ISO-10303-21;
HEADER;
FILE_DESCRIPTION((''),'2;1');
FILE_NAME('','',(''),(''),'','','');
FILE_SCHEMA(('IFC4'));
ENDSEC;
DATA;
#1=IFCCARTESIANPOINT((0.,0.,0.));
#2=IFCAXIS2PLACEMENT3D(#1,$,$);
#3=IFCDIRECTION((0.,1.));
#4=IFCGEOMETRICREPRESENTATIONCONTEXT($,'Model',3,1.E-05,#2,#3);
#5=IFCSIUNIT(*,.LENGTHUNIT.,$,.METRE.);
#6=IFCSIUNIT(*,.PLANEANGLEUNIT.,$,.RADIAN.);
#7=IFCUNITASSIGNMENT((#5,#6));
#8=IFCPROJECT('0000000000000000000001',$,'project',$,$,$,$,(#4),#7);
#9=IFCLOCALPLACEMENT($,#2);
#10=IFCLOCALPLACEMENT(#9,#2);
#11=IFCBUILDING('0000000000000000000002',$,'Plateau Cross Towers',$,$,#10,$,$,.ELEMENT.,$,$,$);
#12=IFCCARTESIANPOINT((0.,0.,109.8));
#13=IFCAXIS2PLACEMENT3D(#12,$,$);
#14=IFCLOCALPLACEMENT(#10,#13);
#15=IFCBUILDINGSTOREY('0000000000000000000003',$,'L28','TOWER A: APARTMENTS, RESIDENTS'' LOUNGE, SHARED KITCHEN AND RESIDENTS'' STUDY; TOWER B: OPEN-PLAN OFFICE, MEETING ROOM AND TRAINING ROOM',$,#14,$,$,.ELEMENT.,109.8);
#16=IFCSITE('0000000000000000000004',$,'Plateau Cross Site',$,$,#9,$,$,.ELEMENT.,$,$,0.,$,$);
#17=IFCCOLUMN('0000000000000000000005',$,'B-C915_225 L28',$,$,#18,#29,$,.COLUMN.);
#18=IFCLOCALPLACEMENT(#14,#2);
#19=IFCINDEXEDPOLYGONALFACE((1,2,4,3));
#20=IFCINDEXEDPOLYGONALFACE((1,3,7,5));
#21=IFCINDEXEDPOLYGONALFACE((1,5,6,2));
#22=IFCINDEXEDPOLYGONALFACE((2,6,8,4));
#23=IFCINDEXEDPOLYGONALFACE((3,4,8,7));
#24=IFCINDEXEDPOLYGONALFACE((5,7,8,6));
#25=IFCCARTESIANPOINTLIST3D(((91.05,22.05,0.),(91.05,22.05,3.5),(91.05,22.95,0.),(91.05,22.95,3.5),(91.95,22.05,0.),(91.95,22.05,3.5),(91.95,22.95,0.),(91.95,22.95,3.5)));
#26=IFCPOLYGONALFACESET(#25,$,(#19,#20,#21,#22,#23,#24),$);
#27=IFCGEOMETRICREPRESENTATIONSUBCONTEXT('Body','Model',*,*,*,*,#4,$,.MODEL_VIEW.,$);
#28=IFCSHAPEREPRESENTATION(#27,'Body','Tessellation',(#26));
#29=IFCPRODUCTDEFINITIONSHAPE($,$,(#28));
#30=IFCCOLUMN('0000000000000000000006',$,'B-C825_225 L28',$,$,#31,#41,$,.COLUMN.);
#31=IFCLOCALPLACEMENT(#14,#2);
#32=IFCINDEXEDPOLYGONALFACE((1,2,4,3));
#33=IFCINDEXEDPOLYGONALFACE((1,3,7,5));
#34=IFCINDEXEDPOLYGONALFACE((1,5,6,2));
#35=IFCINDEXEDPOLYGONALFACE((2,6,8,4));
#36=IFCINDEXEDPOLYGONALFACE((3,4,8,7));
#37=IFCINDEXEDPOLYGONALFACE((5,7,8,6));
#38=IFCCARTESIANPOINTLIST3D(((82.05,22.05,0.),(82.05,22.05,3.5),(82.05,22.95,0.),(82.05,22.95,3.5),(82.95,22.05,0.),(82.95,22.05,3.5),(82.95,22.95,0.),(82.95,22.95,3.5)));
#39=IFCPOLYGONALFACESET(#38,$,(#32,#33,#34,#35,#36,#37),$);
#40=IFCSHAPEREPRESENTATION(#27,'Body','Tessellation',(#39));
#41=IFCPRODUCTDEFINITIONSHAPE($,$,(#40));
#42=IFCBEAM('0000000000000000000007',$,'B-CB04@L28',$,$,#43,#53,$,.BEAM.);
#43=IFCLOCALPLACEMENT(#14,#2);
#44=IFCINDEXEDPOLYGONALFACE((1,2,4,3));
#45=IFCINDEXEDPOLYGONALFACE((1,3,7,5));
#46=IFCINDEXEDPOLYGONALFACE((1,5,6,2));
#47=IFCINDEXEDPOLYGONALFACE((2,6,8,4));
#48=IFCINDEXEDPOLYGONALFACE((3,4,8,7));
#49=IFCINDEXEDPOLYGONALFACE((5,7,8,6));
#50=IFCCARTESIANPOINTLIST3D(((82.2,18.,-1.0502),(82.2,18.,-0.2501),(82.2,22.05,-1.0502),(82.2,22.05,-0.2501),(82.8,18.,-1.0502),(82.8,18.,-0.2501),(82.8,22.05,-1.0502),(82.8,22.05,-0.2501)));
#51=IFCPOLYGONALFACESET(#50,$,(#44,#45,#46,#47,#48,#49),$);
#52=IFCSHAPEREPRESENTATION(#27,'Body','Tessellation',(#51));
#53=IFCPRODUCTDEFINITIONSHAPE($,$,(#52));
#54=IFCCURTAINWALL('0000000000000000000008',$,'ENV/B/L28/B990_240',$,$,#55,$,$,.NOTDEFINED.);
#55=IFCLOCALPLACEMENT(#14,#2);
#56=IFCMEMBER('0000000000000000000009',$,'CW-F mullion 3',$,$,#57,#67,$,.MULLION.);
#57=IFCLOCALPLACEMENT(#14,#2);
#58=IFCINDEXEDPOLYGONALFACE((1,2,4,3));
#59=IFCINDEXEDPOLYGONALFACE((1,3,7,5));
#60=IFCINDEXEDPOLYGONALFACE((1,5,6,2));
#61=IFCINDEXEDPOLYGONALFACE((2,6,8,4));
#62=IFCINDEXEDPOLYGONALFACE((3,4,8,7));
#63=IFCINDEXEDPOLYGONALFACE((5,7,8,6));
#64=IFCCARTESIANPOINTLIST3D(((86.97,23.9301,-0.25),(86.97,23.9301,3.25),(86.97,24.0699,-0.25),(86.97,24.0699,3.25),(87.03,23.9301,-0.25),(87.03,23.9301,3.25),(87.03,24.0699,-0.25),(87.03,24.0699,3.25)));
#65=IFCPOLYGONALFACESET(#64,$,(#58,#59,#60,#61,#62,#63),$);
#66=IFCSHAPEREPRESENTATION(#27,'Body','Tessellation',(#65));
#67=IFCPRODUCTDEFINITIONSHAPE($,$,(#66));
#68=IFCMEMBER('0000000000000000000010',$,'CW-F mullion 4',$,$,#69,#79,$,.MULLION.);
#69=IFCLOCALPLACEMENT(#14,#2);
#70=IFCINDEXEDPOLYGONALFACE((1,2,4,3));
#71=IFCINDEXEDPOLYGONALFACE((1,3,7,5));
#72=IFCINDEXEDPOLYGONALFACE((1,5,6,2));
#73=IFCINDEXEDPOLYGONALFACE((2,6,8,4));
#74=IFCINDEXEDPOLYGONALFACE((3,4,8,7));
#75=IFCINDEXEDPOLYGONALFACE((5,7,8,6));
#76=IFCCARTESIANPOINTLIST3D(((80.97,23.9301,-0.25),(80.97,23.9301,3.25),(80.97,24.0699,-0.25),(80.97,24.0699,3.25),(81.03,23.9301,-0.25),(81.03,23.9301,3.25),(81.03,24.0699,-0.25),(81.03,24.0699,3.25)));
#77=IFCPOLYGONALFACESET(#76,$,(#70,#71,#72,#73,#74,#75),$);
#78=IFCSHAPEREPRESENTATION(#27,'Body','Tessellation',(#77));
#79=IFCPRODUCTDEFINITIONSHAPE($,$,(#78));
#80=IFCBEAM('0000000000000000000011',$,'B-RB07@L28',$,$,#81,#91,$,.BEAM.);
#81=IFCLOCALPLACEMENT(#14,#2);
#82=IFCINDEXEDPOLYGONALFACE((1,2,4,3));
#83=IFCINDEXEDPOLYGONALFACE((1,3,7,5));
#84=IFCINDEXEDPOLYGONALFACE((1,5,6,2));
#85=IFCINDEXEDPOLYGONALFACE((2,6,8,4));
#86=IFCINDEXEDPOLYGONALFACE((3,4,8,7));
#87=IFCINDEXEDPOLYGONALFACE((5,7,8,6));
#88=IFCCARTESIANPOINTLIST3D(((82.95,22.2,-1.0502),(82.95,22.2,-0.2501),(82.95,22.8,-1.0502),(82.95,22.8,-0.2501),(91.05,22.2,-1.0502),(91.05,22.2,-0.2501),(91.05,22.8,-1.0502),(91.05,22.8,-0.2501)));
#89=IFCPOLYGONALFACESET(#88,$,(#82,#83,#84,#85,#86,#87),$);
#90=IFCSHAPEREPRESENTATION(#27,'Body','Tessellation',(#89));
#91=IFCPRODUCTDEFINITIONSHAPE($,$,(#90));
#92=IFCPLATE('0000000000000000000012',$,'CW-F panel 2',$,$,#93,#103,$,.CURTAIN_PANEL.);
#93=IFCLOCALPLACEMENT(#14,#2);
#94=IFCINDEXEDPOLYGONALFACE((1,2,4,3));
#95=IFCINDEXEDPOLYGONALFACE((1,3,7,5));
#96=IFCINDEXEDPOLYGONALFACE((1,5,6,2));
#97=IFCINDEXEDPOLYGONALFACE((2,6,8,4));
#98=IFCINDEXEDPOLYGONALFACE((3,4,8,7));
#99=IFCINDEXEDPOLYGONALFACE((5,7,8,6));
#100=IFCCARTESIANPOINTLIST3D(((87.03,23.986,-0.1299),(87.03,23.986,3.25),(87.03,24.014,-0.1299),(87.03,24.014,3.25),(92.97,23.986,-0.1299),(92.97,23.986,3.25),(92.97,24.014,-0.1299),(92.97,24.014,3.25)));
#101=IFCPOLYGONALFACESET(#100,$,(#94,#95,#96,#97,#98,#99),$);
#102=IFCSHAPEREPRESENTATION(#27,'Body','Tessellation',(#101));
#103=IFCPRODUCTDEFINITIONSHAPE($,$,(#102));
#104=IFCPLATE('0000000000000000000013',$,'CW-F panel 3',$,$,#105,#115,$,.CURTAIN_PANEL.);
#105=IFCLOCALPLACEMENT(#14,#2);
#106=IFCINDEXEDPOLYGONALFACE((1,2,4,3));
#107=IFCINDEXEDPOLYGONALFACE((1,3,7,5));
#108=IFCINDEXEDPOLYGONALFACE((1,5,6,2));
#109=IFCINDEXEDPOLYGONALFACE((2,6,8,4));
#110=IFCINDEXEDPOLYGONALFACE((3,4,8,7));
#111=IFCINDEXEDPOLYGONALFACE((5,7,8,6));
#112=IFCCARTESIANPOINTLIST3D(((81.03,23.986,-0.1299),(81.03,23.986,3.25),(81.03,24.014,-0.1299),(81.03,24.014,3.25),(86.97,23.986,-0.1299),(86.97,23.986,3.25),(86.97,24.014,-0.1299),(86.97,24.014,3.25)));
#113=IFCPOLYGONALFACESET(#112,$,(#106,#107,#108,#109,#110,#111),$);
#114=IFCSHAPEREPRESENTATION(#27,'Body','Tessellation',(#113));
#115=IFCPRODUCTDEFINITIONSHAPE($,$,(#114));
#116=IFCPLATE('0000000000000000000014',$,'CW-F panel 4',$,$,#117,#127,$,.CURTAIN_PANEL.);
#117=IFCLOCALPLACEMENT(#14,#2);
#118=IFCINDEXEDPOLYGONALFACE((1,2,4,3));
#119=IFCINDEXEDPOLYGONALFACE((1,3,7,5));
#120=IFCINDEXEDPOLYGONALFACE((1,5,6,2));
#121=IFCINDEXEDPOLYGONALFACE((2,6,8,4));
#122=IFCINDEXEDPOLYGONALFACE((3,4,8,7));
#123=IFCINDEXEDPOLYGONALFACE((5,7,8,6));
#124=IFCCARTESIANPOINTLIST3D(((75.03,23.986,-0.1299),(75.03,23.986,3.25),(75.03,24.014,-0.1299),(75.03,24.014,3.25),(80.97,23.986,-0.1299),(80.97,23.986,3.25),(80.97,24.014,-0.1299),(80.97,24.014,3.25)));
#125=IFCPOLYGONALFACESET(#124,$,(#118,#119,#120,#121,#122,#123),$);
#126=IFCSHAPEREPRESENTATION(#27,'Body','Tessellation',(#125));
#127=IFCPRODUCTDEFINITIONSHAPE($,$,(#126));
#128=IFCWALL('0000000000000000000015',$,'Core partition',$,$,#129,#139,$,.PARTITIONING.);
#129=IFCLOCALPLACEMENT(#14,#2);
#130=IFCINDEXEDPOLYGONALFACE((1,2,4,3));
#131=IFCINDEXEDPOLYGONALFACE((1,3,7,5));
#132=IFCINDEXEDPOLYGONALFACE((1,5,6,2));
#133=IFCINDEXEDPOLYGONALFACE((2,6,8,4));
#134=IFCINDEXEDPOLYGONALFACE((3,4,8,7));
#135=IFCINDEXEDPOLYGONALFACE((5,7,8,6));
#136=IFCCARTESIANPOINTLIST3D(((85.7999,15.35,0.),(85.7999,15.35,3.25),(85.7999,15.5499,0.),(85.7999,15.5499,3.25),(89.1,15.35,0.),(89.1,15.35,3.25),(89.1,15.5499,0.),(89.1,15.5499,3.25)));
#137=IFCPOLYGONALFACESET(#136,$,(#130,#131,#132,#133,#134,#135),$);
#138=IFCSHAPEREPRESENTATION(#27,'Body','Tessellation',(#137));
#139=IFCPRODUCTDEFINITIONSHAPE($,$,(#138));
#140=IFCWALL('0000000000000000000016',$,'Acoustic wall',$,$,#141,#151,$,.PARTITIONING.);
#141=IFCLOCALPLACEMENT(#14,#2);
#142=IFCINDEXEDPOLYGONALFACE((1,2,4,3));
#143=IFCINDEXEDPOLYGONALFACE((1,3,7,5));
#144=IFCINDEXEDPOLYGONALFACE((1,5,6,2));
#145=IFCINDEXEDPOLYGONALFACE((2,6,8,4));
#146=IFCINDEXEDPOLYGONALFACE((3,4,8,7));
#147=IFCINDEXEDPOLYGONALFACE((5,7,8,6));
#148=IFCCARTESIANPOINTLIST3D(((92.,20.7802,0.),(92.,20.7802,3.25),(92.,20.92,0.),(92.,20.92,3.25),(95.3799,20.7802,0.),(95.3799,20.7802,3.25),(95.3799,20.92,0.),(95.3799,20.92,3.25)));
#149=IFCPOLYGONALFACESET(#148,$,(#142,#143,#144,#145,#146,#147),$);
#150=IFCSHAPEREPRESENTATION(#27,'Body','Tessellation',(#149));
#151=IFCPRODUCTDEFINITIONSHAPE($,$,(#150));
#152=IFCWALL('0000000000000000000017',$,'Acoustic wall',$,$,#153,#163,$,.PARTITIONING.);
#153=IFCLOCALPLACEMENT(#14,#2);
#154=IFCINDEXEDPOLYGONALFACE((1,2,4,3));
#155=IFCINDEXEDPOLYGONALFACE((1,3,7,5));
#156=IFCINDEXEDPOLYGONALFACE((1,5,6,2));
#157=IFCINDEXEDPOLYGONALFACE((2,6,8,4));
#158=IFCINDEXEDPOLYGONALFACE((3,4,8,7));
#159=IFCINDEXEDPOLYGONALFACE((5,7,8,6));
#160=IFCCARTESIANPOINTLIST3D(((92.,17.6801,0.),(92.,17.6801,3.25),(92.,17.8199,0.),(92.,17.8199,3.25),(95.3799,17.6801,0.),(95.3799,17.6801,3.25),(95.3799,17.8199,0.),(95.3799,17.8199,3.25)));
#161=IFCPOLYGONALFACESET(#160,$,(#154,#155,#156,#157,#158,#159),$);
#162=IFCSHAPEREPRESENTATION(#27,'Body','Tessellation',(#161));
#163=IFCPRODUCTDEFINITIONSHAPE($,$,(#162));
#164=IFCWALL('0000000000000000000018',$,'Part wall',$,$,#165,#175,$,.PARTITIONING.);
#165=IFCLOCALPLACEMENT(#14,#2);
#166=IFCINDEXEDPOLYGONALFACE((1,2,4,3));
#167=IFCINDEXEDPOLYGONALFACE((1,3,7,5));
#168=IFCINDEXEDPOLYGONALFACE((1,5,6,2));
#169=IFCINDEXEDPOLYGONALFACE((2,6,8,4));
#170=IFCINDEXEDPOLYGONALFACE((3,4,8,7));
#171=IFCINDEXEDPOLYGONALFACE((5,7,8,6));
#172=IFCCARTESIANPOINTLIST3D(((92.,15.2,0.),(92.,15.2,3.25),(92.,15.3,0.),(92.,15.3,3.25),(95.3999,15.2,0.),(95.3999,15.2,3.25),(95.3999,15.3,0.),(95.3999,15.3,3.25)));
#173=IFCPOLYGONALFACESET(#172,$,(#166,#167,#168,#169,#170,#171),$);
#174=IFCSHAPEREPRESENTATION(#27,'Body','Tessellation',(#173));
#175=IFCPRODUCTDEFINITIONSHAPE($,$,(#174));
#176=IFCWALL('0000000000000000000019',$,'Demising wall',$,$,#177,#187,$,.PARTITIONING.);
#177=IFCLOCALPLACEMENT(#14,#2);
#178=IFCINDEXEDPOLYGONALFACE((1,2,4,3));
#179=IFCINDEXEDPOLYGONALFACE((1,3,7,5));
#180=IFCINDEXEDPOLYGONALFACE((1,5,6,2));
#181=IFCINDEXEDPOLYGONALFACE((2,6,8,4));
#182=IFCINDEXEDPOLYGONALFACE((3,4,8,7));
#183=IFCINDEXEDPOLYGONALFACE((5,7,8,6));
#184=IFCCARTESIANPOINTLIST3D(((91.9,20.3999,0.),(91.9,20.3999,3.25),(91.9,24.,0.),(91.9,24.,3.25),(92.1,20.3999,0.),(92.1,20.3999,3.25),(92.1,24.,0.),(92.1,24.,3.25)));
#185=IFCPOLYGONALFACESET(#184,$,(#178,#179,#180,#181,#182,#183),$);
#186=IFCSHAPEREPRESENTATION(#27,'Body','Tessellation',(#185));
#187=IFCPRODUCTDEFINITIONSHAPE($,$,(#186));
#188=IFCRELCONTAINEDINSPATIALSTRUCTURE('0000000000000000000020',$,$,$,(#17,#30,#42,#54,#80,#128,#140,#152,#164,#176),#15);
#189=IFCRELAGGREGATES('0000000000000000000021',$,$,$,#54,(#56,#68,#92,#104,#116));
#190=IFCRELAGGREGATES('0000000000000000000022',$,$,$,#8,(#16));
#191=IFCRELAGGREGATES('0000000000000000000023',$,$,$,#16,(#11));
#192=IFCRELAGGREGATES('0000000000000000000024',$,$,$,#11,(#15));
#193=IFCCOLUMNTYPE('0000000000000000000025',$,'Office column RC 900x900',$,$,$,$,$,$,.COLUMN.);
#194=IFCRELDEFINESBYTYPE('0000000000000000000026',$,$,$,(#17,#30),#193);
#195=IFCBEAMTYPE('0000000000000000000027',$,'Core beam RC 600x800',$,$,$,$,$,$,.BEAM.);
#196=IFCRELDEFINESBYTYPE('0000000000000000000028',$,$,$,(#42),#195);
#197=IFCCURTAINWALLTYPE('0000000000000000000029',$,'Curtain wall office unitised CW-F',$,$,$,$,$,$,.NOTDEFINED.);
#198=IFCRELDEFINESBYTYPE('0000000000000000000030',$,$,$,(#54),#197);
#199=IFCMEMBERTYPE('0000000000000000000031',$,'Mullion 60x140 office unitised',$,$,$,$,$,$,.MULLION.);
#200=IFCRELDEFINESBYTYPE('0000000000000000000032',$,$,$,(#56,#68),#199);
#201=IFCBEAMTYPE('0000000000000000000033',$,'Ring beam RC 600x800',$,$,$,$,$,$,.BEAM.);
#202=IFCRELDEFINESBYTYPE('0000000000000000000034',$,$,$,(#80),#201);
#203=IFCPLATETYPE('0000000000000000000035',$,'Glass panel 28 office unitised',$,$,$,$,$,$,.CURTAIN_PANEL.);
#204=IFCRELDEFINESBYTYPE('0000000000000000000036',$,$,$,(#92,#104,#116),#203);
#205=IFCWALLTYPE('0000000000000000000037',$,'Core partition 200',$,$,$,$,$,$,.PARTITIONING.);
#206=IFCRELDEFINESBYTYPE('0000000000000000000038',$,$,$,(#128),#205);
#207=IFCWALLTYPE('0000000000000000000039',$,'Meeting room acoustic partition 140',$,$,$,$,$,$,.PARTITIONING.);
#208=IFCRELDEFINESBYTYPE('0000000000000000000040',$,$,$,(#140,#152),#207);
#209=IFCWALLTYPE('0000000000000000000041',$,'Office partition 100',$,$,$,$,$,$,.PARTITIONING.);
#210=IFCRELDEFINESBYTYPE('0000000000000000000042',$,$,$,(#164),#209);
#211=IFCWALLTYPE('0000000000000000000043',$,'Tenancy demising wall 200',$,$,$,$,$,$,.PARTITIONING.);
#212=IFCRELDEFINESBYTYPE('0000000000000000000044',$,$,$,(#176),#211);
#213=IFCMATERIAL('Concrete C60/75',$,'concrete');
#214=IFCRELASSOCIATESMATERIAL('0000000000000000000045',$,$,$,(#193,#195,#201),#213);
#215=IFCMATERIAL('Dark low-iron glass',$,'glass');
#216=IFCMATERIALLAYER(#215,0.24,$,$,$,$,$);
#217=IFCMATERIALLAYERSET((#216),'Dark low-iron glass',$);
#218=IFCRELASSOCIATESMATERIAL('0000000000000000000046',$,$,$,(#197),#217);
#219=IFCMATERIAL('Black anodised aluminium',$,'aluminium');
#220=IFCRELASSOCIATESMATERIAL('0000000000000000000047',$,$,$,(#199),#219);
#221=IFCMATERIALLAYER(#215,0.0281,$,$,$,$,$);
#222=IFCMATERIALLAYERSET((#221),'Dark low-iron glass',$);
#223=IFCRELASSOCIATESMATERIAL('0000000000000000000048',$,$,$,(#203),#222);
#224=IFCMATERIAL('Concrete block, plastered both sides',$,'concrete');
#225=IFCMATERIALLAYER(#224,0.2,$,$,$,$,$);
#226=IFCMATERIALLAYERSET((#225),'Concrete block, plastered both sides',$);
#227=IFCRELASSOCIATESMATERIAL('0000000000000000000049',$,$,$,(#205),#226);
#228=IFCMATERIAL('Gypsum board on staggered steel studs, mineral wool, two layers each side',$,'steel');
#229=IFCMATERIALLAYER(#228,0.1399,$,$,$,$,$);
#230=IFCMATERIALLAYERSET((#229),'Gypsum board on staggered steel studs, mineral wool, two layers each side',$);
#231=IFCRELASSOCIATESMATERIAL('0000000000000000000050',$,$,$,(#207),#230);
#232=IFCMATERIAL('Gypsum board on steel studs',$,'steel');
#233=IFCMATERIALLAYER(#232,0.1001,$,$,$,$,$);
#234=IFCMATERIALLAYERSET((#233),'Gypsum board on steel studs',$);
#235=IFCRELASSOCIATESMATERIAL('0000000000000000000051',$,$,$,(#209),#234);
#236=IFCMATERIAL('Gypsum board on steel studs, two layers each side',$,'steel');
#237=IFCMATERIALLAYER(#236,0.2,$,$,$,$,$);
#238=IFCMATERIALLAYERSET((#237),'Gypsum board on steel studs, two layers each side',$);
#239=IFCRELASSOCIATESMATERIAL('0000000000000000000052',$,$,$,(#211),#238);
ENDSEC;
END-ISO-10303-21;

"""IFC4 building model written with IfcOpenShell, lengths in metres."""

from ifc_helpers import new_model, si_unit, direction, frame, frame_2d, origin, origin_2d, place, context, subcontext, project, spatial, rectangle, extrude, material, layer, layer_set, material_profile, profile_set, type_object, element, aggregate, save


model = new_model("IFC4")

# Units and contexts
model_context = context("Model", 3, precision=1e-05, world=origin(), true_north=direction((0.0, 1.0)))
body_context = subcontext(model_context, "Body", "Model", "MODEL_VIEW")
ifc_project = project(units=[si_unit("LENGTHUNIT", "METRE"), si_unit("PLANEANGLEUNIT", "RADIAN")], contexts=[model_context])

# Site, building, storey
site_placement = place(None, origin())
site = spatial("IfcSite", under=ifc_project, at=site_placement, Name="Plateau Cross Site", CompositionType="ELEMENT", RefElevation=0.0)
building_placement = place(site_placement, origin())
building = spatial("IfcBuilding", under=site, at=building_placement, Name="Plateau Cross Towers", CompositionType="ELEMENT")
storey_placement = place(building_placement, frame((0.0, 0.0, 109.8)))
storey = spatial("IfcBuildingStorey", under=building, at=storey_placement, Name="L28", Description="TOWER A: APARTMENTS, RESIDENTS' LOUNGE, SHARED KITCHEN AND RESIDENTS' STUDY; TOWER B: OPEN-PLAN OFFICE, MEETING ROOM AND TRAINING ROOM", CompositionType="ELEMENT", Elevation=109.8)

# Columns
ifc_material_1 = material(Name="Concrete C60/75", Category="concrete")
ifc_material_profile_1 = material_profile(ifc_material_1, rectangle(XDim=0.8999, YDim=0.8999, at=origin_2d()), Name="RC 900x900")
ifc_profile_set_1 = profile_set([ifc_material_profile_1], Name="Concrete C60/75")
column_type = type_object("IfcColumnType", Name="Office column RC 900x900", PredefinedType="COLUMN", material=ifc_profile_set_1)
for number, where, z_axis, x_axis, name in (
    (1, (91.5, 22.5, 0.0), (0.0, 0.0, 1.0), (1.0, 0.0, 0.0), "B-C915_225 L28"),
    (2, (82.5, 22.5, 0.0), (0.0, 0.0, 1.0), (1.0, 0.0, 0.0), "B-C825_225 L28"),
):
    element("IfcColumn", number, at=place(storey_placement, frame(where, z_axis=z_axis, x_axis=x_axis)), inside=storey, type_object=column_type, Name=name, PredefinedType="COLUMN", context=body_context, shape_type="SweptSolid", body=[
        extrude(rectangle(XDim=0.8999, YDim=0.8999, at=origin_2d()), origin(), (0.0, 0.0, 1.0), 3.5),
    ])

# Beam
ifc_material_profile_2 = material_profile(ifc_material_1, rectangle(XDim=0.6001, YDim=0.8, at=origin_2d()), Name="RC 600x800")
ifc_profile_set_2 = profile_set([ifc_material_profile_2], Name="Concrete C60/75")
beam_type_1 = type_object("IfcBeamType", Name="Core beam RC 600x800", PredefinedType="BEAM", material=ifc_profile_set_2)
beam_1_placement = place(storey_placement, frame((82.5, 18.0, -0.6501), z_axis=(0.0, 1.0, 0.0), x_axis=(-1.0, 0.0, 0.0)))
element("IfcBeam", 3, at=beam_1_placement, inside=storey, type_object=beam_type_1, Name="B-CB04@L28", PredefinedType="BEAM", context=body_context, shape_type="SweptSolid", body=[
    extrude(rectangle(XDim=0.6001, YDim=0.8, at=origin_2d()), origin(), (0.0, 0.0, 1.0), 4.05),
])

# Curtain wall, members
ifc_material_2 = material(Name="Dark low-iron glass", Category="glass")
ifc_layer_1 = layer(ifc_material_2, 0.24)
ifc_layer_set_1 = layer_set([ifc_layer_1], Name="Dark low-iron glass")
curtain_wall_type = type_object("IfcCurtainWallType", Name="Curtain wall office unitised CW-F", PredefinedType="NOTDEFINED", material=ifc_layer_set_1)
curtain_wall_placement = place(storey_placement, origin())
curtain_wall = element("IfcCurtainWall", 4, at=curtain_wall_placement, inside=storey, type_object=curtain_wall_type, Name="ENV/B/L28/B990_240", PredefinedType="NOTDEFINED")
ifc_material_3 = material(Name="Black anodised aluminium", Category="aluminium")
ifc_material_profile_3 = material_profile(ifc_material_3, rectangle(XDim=0.0601, YDim=0.1399, at=origin_2d()), Name="MULLION 60x140")
ifc_profile_set_3 = profile_set([ifc_material_profile_3], Name="Black anodised aluminium")
member_type = type_object("IfcMemberType", Name="Mullion 60x140 office unitised", PredefinedType="MULLION", material=ifc_profile_set_3)
member_1_placement = place(storey_placement, frame((87.0, 24.0, -0.25), z_axis=(0.0, 0.0, 1.0), x_axis=(-1.0, 0.0, 0.0)))
member_1 = element("IfcMember", 5, at=member_1_placement, type_object=member_type, Name="CW-F mullion 3", PredefinedType="MULLION", context=body_context, shape_type="SweptSolid", body=[
    extrude(rectangle(XDim=0.0601, YDim=0.1399, at=origin_2d()), origin(), (0.0, 0.0, 1.0), 3.5),
])
member_2_placement = place(storey_placement, frame((81.0, 24.0, -0.25), z_axis=(0.0, 0.0, 1.0), x_axis=(-1.0, 0.0, 0.0)))
member_2 = element("IfcMember", 6, at=member_2_placement, type_object=member_type, Name="CW-F mullion 4", PredefinedType="MULLION", context=body_context, shape_type="SweptSolid", body=[
    extrude(rectangle(XDim=0.0601, YDim=0.1399, at=origin_2d()), origin(), (0.0, 0.0, 1.0), 3.5),
])

# Beam
ifc_material_profile_4 = material_profile(ifc_material_1, rectangle(XDim=0.6001, YDim=0.8, at=origin_2d()), Name="RC 600x800")
ifc_profile_set_4 = profile_set([ifc_material_profile_4], Name="Concrete C60/75")
beam_type_2 = type_object("IfcBeamType", Name="Ring beam RC 600x800", PredefinedType="BEAM", material=ifc_profile_set_4)
beam_2_placement = place(storey_placement, frame((91.05, 22.5, -0.6501), z_axis=(-1.0, 0.0, 0.0), x_axis=(0.0, -1.0, 0.0)))
element("IfcBeam", 7, at=beam_2_placement, inside=storey, type_object=beam_type_2, Name="B-RB07@L28", PredefinedType="BEAM", context=body_context, shape_type="SweptSolid", body=[
    extrude(rectangle(XDim=0.6001, YDim=0.8, at=origin_2d()), origin(), (0.0, 0.0, 1.0), 8.1001),
])

# Plates
ifc_layer_2 = layer(ifc_material_2, 0.0281)
ifc_layer_set_2 = layer_set([ifc_layer_2], Name="Dark low-iron glass")
plate_type = type_object("IfcPlateType", Name="Glass panel 28 office unitised", PredefinedType="CURTAIN_PANEL", material=ifc_layer_set_2)
plate_1_placement = place(storey_placement, frame((90.0, 24.0, -0.1299), z_axis=(0.0, 0.0, 1.0), x_axis=(-1.0, 0.0, 0.0)))
plate_1 = element("IfcPlate", 8, at=plate_1_placement, type_object=plate_type, Name="CW-F panel 2", PredefinedType="CURTAIN_PANEL", context=body_context, shape_type="SweptSolid", body=[
    extrude(rectangle(XDim=5.9399, YDim=0.0281, at=origin_2d()), origin(), (0.0, 0.0, 1.0), 3.3799),
])
plate_2_placement = place(storey_placement, frame((84.0, 24.0, -0.1299), z_axis=(0.0, 0.0, 1.0), x_axis=(-1.0, 0.0, 0.0)))
plate_2 = element("IfcPlate", 9, at=plate_2_placement, type_object=plate_type, Name="CW-F panel 3", PredefinedType="CURTAIN_PANEL", context=body_context, shape_type="SweptSolid", body=[
    extrude(rectangle(XDim=5.9399, YDim=0.0281, at=origin_2d()), origin(), (0.0, 0.0, 1.0), 3.3799),
])
plate_3_placement = place(storey_placement, frame((78.0, 24.0, -0.1299), z_axis=(0.0, 0.0, 1.0), x_axis=(-1.0, 0.0, 0.0)))
plate_3 = element("IfcPlate", 10, at=plate_3_placement, type_object=plate_type, Name="CW-F panel 4", PredefinedType="CURTAIN_PANEL", context=body_context, shape_type="SweptSolid", body=[
    extrude(rectangle(XDim=5.9399, YDim=0.0281, at=origin_2d()), origin(), (0.0, 0.0, 1.0), 3.3799),
])
aggregate(curtain_wall, [member_1, member_2, plate_1, plate_2, plate_3])

# Walls
ifc_material_4 = material(Name="Concrete block, plastered both sides", Category="concrete")
ifc_layer_3 = layer(ifc_material_4, 0.2)
ifc_layer_set_3 = layer_set([ifc_layer_3], Name="Concrete block, plastered both sides")
wall_type_1 = type_object("IfcWallType", Name="Core partition 200", PredefinedType="PARTITIONING", material=ifc_layer_set_3)
wall_1_placement = place(storey_placement, frame((85.8, 15.45, 0.0), z_axis=(0.0, 0.0, 1.0), x_axis=(1.0, 0.0, 0.0)))
element("IfcWall", 11, at=wall_1_placement, inside=storey, type_object=wall_type_1, Name="Core partition", PredefinedType="PARTITIONING", context=body_context, shape_type="SweptSolid", body=[
    extrude(rectangle(XDim=3.3, YDim=0.2, at=frame_2d((1.6499, 0.0))), origin(), (0.0, 0.0, 1.0), 3.25),
])
ifc_material_5 = material(Name="Gypsum board on staggered steel studs, mineral wool, two layers each side", Category="steel")
ifc_layer_4 = layer(ifc_material_5, 0.1399)
ifc_layer_set_4 = layer_set([ifc_layer_4], Name="Gypsum board on staggered steel studs, mineral wool, two layers each side")
wall_type_2 = type_object("IfcWallType", Name="Meeting room acoustic partition 140", PredefinedType="PARTITIONING", material=ifc_layer_set_4)
for number, where, z_axis, x_axis, name in (
    (12, (92.0, 20.8501, 0.0), (0.0, 0.0, 1.0), (1.0, 0.0, 0.0), "Acoustic wall"),
    (13, (92.0, 17.75, 0.0), (0.0, 0.0, 1.0), (1.0, 0.0, 0.0), "Acoustic wall"),
):
    element("IfcWall", number, at=place(storey_placement, frame(where, z_axis=z_axis, x_axis=x_axis)), inside=storey, type_object=wall_type_2, Name=name, PredefinedType="PARTITIONING", context=body_context, shape_type="SweptSolid", body=[
        extrude(rectangle(XDim=3.3799, YDim=0.1399, at=frame_2d((1.6899, 0.0))), origin(), (0.0, 0.0, 1.0), 3.25),
    ])

# Walls
ifc_material_6 = material(Name="Gypsum board on steel studs", Category="steel")
ifc_layer_5 = layer(ifc_material_6, 0.1001)
ifc_layer_set_5 = layer_set([ifc_layer_5], Name="Gypsum board on steel studs")
wall_type_3 = type_object("IfcWallType", Name="Office partition 100", PredefinedType="PARTITIONING", material=ifc_layer_set_5)
wall_2_placement = place(storey_placement, frame((92.0, 15.25, 0.0), z_axis=(0.0, 0.0, 1.0), x_axis=(1.0, 0.0, 0.0)))
element("IfcWall", 14, at=wall_2_placement, inside=storey, type_object=wall_type_3, Name="Part wall", PredefinedType="PARTITIONING", context=body_context, shape_type="SweptSolid", body=[
    extrude(rectangle(XDim=3.3999, YDim=0.1001, at=frame_2d((1.7, 0.0))), origin(), (0.0, 0.0, 1.0), 3.25),
])
ifc_material_7 = material(Name="Gypsum board on steel studs, two layers each side", Category="steel")
ifc_layer_6 = layer(ifc_material_7, 0.2)
ifc_layer_set_6 = layer_set([ifc_layer_6], Name="Gypsum board on steel studs, two layers each side")
wall_type_4 = type_object("IfcWallType", Name="Tenancy demising wall 200", PredefinedType="PARTITIONING", material=ifc_layer_set_6)
wall_3_placement = place(storey_placement, frame((92.0, 20.3999, 0.0), z_axis=(0.0, 0.0, 1.0), x_axis=(0.0, 1.0, 0.0)))
element("IfcWall", 15, at=wall_3_placement, inside=storey, type_object=wall_type_4, Name="Demising wall", PredefinedType="PARTITIONING", context=body_context, shape_type="SweptSolid", body=[
    extrude(rectangle(XDim=3.6001, YDim=0.2, at=frame_2d((1.8, 0.0))), origin(), (0.0, 0.0, 1.0), 3.25),
])

save(model, "model.ifc")
